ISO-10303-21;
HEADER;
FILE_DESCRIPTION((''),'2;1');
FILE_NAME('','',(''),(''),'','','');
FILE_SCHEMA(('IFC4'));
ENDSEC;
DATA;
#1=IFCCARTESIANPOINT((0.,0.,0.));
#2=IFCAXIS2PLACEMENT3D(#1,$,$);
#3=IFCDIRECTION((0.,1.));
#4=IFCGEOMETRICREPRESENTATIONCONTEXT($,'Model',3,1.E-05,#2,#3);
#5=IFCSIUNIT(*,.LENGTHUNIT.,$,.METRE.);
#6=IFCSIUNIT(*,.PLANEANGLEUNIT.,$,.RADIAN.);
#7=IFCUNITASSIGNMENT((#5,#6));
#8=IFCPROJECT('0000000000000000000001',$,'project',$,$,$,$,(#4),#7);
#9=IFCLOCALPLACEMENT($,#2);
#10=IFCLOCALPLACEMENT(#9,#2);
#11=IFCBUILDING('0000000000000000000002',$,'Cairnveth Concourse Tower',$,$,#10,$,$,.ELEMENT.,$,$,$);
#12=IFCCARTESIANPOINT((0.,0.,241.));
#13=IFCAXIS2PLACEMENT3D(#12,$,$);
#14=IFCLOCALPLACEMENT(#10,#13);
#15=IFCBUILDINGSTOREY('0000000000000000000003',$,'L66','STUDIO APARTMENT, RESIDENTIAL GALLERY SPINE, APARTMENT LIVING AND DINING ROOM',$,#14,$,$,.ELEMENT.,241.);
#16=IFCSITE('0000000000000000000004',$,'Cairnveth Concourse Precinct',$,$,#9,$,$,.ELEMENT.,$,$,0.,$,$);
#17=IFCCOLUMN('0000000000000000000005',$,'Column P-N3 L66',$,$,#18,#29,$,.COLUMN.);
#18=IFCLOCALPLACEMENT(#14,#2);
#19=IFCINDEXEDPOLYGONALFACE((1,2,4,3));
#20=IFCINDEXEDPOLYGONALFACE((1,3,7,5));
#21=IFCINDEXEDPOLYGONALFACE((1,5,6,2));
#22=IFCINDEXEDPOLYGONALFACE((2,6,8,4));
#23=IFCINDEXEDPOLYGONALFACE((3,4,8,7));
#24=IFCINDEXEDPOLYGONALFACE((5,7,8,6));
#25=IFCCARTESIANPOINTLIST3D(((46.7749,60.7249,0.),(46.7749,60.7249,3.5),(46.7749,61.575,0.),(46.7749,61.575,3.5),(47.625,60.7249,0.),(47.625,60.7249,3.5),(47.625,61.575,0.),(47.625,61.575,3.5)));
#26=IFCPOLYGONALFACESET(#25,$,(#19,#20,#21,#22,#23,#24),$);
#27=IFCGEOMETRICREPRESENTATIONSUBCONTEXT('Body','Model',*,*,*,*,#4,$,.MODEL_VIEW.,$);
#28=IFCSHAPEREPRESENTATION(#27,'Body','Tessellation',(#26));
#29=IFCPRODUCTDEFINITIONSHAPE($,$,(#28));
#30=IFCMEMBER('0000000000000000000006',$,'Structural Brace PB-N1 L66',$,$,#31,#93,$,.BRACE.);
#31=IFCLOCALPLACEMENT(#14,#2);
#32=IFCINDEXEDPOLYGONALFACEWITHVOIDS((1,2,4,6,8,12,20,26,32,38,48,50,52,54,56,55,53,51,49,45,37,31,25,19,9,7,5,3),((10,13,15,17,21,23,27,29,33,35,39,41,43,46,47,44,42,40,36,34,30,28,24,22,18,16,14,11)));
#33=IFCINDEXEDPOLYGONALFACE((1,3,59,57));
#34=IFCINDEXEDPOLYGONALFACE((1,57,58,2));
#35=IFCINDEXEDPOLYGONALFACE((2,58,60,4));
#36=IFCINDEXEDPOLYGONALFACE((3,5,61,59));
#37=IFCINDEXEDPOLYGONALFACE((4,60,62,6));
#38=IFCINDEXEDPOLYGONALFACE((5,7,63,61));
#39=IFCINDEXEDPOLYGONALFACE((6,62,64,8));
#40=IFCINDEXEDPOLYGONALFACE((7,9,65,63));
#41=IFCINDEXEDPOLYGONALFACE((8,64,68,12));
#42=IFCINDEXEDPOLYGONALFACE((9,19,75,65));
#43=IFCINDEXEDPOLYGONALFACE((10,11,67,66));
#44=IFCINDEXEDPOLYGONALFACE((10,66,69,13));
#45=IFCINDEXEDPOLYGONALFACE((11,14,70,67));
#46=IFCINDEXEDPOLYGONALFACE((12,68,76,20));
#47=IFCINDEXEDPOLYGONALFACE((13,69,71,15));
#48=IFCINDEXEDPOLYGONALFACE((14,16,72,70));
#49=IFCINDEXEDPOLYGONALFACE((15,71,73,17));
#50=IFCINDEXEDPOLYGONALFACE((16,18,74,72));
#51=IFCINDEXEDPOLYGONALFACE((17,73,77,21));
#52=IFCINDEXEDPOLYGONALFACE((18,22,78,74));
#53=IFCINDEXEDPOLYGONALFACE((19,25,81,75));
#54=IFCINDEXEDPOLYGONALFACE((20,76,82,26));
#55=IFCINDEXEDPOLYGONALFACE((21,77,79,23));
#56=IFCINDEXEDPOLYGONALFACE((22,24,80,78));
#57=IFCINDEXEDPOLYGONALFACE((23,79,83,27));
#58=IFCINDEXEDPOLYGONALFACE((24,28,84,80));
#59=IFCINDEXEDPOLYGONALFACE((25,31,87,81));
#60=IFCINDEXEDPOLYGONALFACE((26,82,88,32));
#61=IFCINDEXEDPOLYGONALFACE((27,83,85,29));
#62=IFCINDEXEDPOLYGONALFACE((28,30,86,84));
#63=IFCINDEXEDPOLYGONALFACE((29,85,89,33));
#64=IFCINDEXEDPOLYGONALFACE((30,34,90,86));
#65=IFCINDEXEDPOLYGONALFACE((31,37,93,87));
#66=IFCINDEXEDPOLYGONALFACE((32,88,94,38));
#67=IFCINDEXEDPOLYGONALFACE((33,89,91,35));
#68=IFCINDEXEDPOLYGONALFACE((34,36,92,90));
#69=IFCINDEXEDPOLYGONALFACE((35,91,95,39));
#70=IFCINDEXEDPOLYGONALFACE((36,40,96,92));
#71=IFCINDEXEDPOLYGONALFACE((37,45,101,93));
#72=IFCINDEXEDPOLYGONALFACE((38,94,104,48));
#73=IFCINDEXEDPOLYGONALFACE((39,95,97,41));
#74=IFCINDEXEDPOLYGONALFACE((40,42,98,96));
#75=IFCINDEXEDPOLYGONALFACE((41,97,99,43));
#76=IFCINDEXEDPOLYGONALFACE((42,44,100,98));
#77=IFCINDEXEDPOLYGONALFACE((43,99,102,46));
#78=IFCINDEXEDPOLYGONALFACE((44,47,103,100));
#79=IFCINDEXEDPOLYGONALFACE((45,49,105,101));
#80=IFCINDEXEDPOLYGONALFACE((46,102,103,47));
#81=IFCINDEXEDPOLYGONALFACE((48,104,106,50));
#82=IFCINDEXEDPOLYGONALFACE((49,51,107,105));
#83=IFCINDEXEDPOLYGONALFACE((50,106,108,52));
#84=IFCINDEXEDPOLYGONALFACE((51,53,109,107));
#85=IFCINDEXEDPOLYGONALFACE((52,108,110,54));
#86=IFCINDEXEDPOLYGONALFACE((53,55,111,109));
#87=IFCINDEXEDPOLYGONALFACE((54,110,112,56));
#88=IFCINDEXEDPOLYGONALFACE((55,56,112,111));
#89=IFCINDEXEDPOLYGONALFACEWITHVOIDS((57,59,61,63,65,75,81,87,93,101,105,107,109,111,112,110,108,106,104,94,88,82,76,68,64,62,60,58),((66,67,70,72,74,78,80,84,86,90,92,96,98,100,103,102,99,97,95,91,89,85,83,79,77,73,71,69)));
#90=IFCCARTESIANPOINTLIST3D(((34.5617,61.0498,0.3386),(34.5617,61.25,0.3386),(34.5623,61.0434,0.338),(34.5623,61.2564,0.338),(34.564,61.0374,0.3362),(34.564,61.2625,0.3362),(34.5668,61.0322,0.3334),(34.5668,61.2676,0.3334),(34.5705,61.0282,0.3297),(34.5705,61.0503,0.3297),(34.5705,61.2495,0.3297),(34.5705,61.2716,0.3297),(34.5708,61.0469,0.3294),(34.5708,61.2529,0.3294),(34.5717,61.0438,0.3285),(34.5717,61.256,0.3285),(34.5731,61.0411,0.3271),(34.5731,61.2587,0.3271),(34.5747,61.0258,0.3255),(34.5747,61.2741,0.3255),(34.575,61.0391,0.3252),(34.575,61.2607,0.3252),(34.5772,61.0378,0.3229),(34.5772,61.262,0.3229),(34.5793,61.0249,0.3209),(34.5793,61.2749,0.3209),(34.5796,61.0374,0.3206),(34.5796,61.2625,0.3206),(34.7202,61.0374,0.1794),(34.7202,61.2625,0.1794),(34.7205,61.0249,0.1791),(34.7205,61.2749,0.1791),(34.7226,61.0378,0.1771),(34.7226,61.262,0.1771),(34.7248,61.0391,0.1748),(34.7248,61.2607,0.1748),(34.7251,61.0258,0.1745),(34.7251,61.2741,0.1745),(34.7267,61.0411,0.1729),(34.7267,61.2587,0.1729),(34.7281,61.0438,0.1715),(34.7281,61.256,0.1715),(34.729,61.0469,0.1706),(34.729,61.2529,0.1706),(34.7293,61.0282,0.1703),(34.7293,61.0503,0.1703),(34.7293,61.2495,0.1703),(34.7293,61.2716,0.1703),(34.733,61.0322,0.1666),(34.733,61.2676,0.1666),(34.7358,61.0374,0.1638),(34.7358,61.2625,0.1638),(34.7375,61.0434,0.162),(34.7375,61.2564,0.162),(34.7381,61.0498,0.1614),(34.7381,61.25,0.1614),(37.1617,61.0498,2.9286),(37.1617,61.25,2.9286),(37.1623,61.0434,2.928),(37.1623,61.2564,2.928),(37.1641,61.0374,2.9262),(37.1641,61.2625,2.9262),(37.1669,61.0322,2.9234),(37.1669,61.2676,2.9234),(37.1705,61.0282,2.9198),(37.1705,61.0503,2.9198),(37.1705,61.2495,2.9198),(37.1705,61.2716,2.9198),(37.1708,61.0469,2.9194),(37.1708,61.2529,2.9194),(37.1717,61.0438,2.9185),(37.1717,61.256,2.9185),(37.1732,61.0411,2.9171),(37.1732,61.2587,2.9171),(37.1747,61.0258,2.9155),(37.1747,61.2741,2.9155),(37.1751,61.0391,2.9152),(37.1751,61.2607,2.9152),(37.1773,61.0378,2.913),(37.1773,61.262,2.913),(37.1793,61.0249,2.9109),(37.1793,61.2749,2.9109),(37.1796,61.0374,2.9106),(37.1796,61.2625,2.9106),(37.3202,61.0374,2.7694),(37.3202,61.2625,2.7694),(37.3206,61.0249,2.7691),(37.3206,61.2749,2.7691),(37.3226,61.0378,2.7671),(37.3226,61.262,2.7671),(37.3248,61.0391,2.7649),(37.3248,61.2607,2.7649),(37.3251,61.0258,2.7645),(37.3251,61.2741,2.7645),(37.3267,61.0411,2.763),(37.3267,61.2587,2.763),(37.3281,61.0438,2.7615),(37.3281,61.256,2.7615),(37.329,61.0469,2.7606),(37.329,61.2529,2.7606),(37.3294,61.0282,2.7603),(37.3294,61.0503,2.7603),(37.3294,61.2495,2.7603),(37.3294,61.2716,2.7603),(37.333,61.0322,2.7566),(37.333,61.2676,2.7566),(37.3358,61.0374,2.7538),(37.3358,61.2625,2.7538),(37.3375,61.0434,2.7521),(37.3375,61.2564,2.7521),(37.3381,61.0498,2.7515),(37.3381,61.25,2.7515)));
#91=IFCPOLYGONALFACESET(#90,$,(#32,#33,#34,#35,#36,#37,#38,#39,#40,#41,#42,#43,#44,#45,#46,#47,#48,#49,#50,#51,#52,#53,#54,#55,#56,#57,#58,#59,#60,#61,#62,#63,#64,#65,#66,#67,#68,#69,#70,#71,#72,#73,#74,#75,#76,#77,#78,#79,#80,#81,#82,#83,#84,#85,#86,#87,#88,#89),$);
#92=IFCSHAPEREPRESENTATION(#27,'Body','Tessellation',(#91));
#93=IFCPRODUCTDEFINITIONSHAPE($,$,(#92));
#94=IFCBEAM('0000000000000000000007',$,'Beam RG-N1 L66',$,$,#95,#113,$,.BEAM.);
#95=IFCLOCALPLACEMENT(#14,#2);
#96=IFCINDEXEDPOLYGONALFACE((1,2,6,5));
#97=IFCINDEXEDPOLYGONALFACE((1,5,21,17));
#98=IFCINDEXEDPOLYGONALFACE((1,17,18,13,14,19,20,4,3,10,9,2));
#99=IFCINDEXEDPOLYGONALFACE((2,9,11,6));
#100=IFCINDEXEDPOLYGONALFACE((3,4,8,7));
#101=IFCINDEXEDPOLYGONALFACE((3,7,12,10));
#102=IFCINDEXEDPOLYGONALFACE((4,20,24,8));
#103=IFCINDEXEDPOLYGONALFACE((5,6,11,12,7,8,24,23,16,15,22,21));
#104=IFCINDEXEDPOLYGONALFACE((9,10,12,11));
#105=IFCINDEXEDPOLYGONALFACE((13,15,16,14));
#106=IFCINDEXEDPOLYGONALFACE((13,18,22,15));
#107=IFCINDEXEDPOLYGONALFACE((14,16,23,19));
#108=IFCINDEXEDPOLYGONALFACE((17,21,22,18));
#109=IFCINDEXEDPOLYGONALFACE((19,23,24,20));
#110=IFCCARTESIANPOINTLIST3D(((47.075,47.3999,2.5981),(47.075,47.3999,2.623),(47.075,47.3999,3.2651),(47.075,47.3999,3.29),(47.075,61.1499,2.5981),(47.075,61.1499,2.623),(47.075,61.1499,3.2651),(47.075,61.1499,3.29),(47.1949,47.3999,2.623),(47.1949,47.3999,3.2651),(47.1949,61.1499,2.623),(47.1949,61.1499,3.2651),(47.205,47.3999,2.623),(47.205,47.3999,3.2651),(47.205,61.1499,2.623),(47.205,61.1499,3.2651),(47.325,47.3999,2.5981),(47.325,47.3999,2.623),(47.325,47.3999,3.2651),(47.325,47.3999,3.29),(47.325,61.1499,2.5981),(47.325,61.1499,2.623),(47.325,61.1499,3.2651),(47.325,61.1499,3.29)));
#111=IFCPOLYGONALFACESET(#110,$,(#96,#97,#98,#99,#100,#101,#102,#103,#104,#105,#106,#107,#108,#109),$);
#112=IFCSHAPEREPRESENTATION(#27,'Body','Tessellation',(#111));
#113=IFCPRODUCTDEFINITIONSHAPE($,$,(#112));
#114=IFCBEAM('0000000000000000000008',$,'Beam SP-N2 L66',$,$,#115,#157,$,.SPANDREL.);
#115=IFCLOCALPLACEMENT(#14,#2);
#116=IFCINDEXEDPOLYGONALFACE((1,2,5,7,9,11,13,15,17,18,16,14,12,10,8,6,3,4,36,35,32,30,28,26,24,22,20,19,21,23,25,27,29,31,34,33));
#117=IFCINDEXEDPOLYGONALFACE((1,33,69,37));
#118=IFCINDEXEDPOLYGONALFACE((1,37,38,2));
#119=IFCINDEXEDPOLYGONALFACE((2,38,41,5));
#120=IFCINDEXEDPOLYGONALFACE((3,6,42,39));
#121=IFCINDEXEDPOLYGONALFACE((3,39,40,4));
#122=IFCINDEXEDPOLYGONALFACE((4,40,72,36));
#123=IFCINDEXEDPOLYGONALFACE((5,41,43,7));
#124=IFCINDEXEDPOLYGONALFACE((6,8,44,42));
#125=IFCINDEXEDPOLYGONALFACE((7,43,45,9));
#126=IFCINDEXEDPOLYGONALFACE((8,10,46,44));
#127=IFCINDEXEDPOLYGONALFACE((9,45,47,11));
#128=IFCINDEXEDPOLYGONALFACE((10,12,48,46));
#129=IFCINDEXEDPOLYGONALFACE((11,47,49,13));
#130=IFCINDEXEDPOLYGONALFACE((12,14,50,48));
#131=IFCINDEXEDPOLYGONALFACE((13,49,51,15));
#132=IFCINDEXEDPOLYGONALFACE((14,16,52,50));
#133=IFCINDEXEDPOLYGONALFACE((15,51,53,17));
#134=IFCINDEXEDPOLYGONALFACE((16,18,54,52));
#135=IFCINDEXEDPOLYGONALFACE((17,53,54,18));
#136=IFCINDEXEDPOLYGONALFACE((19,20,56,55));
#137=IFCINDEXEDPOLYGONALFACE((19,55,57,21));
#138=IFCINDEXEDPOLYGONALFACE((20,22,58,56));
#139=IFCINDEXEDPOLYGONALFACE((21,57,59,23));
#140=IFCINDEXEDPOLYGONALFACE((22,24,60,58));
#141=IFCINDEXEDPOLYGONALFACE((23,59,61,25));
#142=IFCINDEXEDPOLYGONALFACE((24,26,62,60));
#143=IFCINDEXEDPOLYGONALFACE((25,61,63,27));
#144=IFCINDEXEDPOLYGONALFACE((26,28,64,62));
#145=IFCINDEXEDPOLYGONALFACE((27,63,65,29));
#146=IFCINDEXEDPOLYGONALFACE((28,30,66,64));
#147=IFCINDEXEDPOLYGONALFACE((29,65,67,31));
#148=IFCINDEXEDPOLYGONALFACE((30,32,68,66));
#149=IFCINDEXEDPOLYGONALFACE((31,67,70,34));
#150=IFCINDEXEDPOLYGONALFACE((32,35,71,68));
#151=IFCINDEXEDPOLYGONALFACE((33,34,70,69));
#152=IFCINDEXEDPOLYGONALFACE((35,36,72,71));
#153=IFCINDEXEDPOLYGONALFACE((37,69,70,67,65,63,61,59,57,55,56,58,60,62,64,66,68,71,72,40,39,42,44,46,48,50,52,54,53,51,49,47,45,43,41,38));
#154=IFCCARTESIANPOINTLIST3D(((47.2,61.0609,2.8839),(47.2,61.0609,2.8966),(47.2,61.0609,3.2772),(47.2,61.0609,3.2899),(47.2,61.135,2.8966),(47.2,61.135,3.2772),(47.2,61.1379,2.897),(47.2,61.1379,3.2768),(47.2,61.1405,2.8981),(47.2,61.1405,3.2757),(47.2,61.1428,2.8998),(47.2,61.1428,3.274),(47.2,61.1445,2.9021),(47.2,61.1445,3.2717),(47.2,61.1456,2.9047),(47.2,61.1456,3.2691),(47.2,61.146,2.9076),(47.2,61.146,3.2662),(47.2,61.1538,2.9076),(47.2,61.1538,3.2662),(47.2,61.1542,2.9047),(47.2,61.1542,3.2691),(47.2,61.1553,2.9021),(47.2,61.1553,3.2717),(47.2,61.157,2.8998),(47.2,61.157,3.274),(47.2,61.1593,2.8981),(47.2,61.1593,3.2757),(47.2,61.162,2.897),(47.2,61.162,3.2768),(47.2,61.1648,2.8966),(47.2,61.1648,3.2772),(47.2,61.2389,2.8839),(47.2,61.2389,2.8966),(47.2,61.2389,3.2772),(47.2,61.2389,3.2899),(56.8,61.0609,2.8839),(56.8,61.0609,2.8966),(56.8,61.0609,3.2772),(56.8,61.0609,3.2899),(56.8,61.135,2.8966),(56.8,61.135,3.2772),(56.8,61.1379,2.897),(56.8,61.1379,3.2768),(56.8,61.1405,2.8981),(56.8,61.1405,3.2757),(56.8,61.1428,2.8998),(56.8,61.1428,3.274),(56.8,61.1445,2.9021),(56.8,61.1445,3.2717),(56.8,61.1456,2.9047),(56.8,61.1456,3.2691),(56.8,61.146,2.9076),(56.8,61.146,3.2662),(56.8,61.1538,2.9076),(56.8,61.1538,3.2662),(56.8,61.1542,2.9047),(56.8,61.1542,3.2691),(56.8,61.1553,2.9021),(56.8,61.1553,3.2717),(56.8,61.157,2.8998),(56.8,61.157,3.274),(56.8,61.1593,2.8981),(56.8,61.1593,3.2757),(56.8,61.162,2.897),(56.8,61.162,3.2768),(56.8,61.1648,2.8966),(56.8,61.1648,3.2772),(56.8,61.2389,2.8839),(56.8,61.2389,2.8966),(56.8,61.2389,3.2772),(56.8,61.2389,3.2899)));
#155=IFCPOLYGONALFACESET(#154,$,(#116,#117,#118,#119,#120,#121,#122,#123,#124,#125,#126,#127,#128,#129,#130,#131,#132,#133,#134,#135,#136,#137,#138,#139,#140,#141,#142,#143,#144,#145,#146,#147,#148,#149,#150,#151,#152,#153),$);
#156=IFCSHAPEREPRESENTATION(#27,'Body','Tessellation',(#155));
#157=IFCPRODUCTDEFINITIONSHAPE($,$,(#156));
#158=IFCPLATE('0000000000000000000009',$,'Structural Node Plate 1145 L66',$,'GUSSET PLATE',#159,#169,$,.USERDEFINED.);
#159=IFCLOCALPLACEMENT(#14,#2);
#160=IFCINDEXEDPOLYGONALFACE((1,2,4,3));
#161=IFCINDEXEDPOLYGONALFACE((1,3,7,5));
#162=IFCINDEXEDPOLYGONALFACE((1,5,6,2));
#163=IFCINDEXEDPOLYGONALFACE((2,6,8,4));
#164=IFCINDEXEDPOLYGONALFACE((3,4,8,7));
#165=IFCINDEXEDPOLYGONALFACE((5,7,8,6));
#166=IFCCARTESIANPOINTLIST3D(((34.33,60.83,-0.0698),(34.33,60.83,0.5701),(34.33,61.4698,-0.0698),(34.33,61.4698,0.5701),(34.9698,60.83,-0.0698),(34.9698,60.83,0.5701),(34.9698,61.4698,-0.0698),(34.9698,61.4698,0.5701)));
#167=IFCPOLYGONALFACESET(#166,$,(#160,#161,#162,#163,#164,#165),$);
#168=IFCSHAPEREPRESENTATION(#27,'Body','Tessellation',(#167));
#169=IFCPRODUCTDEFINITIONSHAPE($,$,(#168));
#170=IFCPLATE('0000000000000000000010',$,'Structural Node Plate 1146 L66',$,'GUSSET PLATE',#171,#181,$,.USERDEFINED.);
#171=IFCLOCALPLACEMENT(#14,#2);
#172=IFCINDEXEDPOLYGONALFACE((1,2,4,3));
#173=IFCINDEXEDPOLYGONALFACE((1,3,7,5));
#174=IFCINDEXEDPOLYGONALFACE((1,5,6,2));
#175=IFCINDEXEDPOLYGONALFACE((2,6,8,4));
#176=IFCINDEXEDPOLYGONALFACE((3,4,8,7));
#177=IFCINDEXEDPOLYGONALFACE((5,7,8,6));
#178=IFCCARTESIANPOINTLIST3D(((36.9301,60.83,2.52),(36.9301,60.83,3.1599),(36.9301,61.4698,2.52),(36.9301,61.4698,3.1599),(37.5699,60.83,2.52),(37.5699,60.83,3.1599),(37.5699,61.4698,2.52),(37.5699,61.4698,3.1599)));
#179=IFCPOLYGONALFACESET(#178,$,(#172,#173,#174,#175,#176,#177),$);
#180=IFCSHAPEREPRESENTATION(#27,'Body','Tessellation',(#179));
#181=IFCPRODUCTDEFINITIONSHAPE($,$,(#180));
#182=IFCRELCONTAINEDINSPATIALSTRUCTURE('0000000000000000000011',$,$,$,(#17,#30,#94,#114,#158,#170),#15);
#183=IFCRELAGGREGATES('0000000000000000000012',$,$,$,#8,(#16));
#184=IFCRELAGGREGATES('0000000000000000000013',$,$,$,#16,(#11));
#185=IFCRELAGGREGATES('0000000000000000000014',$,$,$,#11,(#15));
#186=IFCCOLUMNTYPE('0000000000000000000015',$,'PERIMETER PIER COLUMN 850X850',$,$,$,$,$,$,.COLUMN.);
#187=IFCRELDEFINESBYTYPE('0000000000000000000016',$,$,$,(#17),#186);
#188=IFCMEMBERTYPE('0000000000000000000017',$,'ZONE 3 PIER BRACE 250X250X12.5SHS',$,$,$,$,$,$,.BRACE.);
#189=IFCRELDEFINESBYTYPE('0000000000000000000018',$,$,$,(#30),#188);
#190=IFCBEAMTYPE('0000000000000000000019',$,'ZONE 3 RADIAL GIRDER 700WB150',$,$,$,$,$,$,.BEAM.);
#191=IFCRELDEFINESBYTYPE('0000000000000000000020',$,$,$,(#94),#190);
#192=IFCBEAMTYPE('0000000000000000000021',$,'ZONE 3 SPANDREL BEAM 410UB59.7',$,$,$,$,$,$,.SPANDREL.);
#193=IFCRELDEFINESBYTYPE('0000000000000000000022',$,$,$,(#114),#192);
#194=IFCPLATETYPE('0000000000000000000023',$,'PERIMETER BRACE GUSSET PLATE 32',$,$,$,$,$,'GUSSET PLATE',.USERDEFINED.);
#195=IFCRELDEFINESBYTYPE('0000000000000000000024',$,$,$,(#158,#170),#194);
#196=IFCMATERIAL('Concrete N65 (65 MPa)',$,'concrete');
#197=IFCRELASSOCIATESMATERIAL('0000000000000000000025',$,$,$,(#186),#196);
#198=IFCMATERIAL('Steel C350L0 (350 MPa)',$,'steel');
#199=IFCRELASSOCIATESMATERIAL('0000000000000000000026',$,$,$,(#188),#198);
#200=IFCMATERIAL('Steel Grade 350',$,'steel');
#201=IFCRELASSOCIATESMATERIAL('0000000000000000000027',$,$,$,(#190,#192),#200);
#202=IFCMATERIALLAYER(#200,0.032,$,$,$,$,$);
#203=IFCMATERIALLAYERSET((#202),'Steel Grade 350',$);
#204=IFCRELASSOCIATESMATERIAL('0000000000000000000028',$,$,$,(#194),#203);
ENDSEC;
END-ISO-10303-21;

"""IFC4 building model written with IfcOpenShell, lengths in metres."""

from ifc_helpers import new_model, si_unit, direction, frame, origin, origin_2d, place, context, subcontext, project, spatial, rectangle, hollow_rectangle, i_section, extrude, material, layer, layer_set, material_profile, profile_set, type_object, element, save


model = new_model("IFC4")

# Units and contexts
model_context = context("Model", 3, precision=1e-05, world=origin(), true_north=direction((0.0, 1.0)))
body_context = subcontext(model_context, "Body", "Model", "MODEL_VIEW")
ifc_project = project(units=[si_unit("LENGTHUNIT", "METRE"), si_unit("PLANEANGLEUNIT", "RADIAN")], contexts=[model_context])

# Site, building, storey
site_placement = place(None, origin())
site = spatial("IfcSite", under=ifc_project, at=site_placement, Name="Cairnveth Concourse Precinct", CompositionType="ELEMENT", RefElevation=0.0)
building_placement = place(site_placement, origin())
building = spatial("IfcBuilding", under=site, at=building_placement, Name="Cairnveth Concourse Tower", CompositionType="ELEMENT")
storey_placement = place(building_placement, frame((0.0, 0.0, 241.0)))
storey = spatial("IfcBuildingStorey", under=building, at=storey_placement, Name="L66", Description="STUDIO APARTMENT, RESIDENTIAL GALLERY SPINE, APARTMENT LIVING AND DINING ROOM", CompositionType="ELEMENT", Elevation=241.0)

# Column
ifc_material_1 = material(Name="Concrete N65 (65 MPa)", Category="concrete")
ifc_material_profile_1 = material_profile(ifc_material_1, rectangle(XDim=0.8501, YDim=0.8501, at=origin_2d()), Name="RC-COL-850x850")
ifc_profile_set_1 = profile_set([ifc_material_profile_1], Name="Concrete N65 (65 MPa)")
column_type = type_object("IfcColumnType", Name="PERIMETER PIER COLUMN 850X850", PredefinedType="COLUMN", material=ifc_profile_set_1)
column_placement = place(storey_placement, frame((47.2, 61.1499, 0.0), z_axis=(0.0, 0.0, 1.0), x_axis=(1.0, 0.0, 0.0)))
element("IfcColumn", 1, at=column_placement, inside=storey, type_object=column_type, Name="Column P-N3 L66", PredefinedType="COLUMN", context=body_context, shape_type="SweptSolid", body=[
    extrude(rectangle(XDim=0.8501, YDim=0.8501, at=origin_2d()), origin(), (0.0, 0.0, 1.0), 3.5),
])

# Member
ifc_material_2 = material(Name="Steel C350L0 (350 MPa)", Category="steel")
ifc_material_profile_2 = material_profile(ifc_material_2, hollow_rectangle(XDim=0.25, YDim=0.25, WallThickness=0.0125, InnerFilletRadius=0.0129, OuterFilletRadius=0.0249, at=origin_2d()), Name="250x250x12.5SHS")
ifc_profile_set_2 = profile_set([ifc_material_profile_2], Name="Steel C350L0 (350 MPa)")
member_type = type_object("IfcMemberType", Name="ZONE 3 PIER BRACE 250X250X12.5SHS", PredefinedType="BRACE", material=ifc_profile_set_2)
member_placement = place(storey_placement, frame((34.6499, 61.1499, 0.25), z_axis=(0.708469, 0.0, 0.705742), x_axis=(0.0, 1.0, 0.0)))
element("IfcMember", 2, at=member_placement, inside=storey, type_object=member_type, Name="Structural Brace PB-N1 L66", PredefinedType="BRACE", context=body_context, shape_type="SweptSolid", body=[
    extrude(hollow_rectangle(XDim=0.25, YDim=0.25, WallThickness=0.0125, InnerFilletRadius=0.0129, OuterFilletRadius=0.0249, at=origin_2d()), origin(), (0.0, 0.0, 1.0), 3.6699),
])

# Beams
ifc_material_3 = material(Name="Steel Grade 350", Category="steel")
ifc_material_profile_3 = material_profile(ifc_material_3, i_section(OverallWidth=0.25, OverallDepth=0.6919, WebThickness=0.01, FlangeThickness=0.0249, at=origin_2d()), Name="700WB150")
ifc_profile_set_3 = profile_set([ifc_material_profile_3], Name="Steel Grade 350")
beam_type_1 = type_object("IfcBeamType", Name="ZONE 3 RADIAL GIRDER 700WB150", PredefinedType="BEAM", material=ifc_profile_set_3)
beam_1_placement = place(storey_placement, frame((47.2, 47.3999, 2.9441), z_axis=(0.0, 1.0, 0.0), x_axis=(-1.0, 0.0, 0.0)))
element("IfcBeam", 3, at=beam_1_placement, inside=storey, type_object=beam_type_1, Name="Beam RG-N1 L66", PredefinedType="BEAM", context=body_context, shape_type="SweptSolid", body=[
    extrude(i_section(OverallWidth=0.25, OverallDepth=0.6919, WebThickness=0.01, FlangeThickness=0.0249, at=origin_2d()), origin(), (0.0, 0.0, 1.0), 13.75),
])
ifc_material_profile_4 = material_profile(ifc_material_3, i_section(OverallWidth=0.178, OverallDepth=0.406, WebThickness=0.0078, FlangeThickness=0.0127, FilletRadius=0.011, at=origin_2d()), Name="410UB59.7")
ifc_profile_set_4 = profile_set([ifc_material_profile_4], Name="Steel Grade 350")
beam_type_2 = type_object("IfcBeamType", Name="ZONE 3 SPANDREL BEAM 410UB59.7", PredefinedType="SPANDREL", material=ifc_profile_set_4)
beam_2_placement = place(storey_placement, frame((47.2, 61.1499, 3.0869), z_axis=(1.0, 0.0, 0.0), x_axis=(0.0, 1.0, 0.0)))
element("IfcBeam", 4, at=beam_2_placement, inside=storey, type_object=beam_type_2, Name="Beam SP-N2 L66", PredefinedType="SPANDREL", context=body_context, shape_type="SweptSolid", body=[
    extrude(i_section(OverallWidth=0.178, OverallDepth=0.406, WebThickness=0.0078, FlangeThickness=0.0127, FilletRadius=0.011, at=origin_2d()), origin(), (0.0, 0.0, 1.0), 9.6001),
])

# Plates
ifc_layer_1 = layer(ifc_material_3, 0.032)
ifc_layer_set_1 = layer_set([ifc_layer_1], Name="Steel Grade 350")
plate_type = type_object("IfcPlateType", Name="PERIMETER BRACE GUSSET PLATE 32", ElementType="GUSSET PLATE", PredefinedType="USERDEFINED", material=ifc_layer_set_1)
for number, where, z_axis, x_axis, name in (
    (5, (34.6499, 61.1499, -0.0698), (0.0, 0.0, 1.0), (1.0, 0.0, 0.0), "Structural Node Plate 1145 L66"),
    (6, (37.25, 61.1499, 2.52), (0.0, 0.0, 1.0), (1.0, 0.0, 0.0), "Structural Node Plate 1146 L66"),
):
    element("IfcPlate", number, at=place(storey_placement, frame(where, z_axis=z_axis, x_axis=x_axis)), inside=storey, type_object=plate_type, Name=name, ObjectType="GUSSET PLATE", PredefinedType="USERDEFINED", context=body_context, shape_type="SweptSolid", body=[
        extrude(rectangle(XDim=0.6399, YDim=0.6399, at=origin_2d()), origin(), (0.0, 0.0, 1.0), 0.6399),
    ])

save(model, "model.ifc")
